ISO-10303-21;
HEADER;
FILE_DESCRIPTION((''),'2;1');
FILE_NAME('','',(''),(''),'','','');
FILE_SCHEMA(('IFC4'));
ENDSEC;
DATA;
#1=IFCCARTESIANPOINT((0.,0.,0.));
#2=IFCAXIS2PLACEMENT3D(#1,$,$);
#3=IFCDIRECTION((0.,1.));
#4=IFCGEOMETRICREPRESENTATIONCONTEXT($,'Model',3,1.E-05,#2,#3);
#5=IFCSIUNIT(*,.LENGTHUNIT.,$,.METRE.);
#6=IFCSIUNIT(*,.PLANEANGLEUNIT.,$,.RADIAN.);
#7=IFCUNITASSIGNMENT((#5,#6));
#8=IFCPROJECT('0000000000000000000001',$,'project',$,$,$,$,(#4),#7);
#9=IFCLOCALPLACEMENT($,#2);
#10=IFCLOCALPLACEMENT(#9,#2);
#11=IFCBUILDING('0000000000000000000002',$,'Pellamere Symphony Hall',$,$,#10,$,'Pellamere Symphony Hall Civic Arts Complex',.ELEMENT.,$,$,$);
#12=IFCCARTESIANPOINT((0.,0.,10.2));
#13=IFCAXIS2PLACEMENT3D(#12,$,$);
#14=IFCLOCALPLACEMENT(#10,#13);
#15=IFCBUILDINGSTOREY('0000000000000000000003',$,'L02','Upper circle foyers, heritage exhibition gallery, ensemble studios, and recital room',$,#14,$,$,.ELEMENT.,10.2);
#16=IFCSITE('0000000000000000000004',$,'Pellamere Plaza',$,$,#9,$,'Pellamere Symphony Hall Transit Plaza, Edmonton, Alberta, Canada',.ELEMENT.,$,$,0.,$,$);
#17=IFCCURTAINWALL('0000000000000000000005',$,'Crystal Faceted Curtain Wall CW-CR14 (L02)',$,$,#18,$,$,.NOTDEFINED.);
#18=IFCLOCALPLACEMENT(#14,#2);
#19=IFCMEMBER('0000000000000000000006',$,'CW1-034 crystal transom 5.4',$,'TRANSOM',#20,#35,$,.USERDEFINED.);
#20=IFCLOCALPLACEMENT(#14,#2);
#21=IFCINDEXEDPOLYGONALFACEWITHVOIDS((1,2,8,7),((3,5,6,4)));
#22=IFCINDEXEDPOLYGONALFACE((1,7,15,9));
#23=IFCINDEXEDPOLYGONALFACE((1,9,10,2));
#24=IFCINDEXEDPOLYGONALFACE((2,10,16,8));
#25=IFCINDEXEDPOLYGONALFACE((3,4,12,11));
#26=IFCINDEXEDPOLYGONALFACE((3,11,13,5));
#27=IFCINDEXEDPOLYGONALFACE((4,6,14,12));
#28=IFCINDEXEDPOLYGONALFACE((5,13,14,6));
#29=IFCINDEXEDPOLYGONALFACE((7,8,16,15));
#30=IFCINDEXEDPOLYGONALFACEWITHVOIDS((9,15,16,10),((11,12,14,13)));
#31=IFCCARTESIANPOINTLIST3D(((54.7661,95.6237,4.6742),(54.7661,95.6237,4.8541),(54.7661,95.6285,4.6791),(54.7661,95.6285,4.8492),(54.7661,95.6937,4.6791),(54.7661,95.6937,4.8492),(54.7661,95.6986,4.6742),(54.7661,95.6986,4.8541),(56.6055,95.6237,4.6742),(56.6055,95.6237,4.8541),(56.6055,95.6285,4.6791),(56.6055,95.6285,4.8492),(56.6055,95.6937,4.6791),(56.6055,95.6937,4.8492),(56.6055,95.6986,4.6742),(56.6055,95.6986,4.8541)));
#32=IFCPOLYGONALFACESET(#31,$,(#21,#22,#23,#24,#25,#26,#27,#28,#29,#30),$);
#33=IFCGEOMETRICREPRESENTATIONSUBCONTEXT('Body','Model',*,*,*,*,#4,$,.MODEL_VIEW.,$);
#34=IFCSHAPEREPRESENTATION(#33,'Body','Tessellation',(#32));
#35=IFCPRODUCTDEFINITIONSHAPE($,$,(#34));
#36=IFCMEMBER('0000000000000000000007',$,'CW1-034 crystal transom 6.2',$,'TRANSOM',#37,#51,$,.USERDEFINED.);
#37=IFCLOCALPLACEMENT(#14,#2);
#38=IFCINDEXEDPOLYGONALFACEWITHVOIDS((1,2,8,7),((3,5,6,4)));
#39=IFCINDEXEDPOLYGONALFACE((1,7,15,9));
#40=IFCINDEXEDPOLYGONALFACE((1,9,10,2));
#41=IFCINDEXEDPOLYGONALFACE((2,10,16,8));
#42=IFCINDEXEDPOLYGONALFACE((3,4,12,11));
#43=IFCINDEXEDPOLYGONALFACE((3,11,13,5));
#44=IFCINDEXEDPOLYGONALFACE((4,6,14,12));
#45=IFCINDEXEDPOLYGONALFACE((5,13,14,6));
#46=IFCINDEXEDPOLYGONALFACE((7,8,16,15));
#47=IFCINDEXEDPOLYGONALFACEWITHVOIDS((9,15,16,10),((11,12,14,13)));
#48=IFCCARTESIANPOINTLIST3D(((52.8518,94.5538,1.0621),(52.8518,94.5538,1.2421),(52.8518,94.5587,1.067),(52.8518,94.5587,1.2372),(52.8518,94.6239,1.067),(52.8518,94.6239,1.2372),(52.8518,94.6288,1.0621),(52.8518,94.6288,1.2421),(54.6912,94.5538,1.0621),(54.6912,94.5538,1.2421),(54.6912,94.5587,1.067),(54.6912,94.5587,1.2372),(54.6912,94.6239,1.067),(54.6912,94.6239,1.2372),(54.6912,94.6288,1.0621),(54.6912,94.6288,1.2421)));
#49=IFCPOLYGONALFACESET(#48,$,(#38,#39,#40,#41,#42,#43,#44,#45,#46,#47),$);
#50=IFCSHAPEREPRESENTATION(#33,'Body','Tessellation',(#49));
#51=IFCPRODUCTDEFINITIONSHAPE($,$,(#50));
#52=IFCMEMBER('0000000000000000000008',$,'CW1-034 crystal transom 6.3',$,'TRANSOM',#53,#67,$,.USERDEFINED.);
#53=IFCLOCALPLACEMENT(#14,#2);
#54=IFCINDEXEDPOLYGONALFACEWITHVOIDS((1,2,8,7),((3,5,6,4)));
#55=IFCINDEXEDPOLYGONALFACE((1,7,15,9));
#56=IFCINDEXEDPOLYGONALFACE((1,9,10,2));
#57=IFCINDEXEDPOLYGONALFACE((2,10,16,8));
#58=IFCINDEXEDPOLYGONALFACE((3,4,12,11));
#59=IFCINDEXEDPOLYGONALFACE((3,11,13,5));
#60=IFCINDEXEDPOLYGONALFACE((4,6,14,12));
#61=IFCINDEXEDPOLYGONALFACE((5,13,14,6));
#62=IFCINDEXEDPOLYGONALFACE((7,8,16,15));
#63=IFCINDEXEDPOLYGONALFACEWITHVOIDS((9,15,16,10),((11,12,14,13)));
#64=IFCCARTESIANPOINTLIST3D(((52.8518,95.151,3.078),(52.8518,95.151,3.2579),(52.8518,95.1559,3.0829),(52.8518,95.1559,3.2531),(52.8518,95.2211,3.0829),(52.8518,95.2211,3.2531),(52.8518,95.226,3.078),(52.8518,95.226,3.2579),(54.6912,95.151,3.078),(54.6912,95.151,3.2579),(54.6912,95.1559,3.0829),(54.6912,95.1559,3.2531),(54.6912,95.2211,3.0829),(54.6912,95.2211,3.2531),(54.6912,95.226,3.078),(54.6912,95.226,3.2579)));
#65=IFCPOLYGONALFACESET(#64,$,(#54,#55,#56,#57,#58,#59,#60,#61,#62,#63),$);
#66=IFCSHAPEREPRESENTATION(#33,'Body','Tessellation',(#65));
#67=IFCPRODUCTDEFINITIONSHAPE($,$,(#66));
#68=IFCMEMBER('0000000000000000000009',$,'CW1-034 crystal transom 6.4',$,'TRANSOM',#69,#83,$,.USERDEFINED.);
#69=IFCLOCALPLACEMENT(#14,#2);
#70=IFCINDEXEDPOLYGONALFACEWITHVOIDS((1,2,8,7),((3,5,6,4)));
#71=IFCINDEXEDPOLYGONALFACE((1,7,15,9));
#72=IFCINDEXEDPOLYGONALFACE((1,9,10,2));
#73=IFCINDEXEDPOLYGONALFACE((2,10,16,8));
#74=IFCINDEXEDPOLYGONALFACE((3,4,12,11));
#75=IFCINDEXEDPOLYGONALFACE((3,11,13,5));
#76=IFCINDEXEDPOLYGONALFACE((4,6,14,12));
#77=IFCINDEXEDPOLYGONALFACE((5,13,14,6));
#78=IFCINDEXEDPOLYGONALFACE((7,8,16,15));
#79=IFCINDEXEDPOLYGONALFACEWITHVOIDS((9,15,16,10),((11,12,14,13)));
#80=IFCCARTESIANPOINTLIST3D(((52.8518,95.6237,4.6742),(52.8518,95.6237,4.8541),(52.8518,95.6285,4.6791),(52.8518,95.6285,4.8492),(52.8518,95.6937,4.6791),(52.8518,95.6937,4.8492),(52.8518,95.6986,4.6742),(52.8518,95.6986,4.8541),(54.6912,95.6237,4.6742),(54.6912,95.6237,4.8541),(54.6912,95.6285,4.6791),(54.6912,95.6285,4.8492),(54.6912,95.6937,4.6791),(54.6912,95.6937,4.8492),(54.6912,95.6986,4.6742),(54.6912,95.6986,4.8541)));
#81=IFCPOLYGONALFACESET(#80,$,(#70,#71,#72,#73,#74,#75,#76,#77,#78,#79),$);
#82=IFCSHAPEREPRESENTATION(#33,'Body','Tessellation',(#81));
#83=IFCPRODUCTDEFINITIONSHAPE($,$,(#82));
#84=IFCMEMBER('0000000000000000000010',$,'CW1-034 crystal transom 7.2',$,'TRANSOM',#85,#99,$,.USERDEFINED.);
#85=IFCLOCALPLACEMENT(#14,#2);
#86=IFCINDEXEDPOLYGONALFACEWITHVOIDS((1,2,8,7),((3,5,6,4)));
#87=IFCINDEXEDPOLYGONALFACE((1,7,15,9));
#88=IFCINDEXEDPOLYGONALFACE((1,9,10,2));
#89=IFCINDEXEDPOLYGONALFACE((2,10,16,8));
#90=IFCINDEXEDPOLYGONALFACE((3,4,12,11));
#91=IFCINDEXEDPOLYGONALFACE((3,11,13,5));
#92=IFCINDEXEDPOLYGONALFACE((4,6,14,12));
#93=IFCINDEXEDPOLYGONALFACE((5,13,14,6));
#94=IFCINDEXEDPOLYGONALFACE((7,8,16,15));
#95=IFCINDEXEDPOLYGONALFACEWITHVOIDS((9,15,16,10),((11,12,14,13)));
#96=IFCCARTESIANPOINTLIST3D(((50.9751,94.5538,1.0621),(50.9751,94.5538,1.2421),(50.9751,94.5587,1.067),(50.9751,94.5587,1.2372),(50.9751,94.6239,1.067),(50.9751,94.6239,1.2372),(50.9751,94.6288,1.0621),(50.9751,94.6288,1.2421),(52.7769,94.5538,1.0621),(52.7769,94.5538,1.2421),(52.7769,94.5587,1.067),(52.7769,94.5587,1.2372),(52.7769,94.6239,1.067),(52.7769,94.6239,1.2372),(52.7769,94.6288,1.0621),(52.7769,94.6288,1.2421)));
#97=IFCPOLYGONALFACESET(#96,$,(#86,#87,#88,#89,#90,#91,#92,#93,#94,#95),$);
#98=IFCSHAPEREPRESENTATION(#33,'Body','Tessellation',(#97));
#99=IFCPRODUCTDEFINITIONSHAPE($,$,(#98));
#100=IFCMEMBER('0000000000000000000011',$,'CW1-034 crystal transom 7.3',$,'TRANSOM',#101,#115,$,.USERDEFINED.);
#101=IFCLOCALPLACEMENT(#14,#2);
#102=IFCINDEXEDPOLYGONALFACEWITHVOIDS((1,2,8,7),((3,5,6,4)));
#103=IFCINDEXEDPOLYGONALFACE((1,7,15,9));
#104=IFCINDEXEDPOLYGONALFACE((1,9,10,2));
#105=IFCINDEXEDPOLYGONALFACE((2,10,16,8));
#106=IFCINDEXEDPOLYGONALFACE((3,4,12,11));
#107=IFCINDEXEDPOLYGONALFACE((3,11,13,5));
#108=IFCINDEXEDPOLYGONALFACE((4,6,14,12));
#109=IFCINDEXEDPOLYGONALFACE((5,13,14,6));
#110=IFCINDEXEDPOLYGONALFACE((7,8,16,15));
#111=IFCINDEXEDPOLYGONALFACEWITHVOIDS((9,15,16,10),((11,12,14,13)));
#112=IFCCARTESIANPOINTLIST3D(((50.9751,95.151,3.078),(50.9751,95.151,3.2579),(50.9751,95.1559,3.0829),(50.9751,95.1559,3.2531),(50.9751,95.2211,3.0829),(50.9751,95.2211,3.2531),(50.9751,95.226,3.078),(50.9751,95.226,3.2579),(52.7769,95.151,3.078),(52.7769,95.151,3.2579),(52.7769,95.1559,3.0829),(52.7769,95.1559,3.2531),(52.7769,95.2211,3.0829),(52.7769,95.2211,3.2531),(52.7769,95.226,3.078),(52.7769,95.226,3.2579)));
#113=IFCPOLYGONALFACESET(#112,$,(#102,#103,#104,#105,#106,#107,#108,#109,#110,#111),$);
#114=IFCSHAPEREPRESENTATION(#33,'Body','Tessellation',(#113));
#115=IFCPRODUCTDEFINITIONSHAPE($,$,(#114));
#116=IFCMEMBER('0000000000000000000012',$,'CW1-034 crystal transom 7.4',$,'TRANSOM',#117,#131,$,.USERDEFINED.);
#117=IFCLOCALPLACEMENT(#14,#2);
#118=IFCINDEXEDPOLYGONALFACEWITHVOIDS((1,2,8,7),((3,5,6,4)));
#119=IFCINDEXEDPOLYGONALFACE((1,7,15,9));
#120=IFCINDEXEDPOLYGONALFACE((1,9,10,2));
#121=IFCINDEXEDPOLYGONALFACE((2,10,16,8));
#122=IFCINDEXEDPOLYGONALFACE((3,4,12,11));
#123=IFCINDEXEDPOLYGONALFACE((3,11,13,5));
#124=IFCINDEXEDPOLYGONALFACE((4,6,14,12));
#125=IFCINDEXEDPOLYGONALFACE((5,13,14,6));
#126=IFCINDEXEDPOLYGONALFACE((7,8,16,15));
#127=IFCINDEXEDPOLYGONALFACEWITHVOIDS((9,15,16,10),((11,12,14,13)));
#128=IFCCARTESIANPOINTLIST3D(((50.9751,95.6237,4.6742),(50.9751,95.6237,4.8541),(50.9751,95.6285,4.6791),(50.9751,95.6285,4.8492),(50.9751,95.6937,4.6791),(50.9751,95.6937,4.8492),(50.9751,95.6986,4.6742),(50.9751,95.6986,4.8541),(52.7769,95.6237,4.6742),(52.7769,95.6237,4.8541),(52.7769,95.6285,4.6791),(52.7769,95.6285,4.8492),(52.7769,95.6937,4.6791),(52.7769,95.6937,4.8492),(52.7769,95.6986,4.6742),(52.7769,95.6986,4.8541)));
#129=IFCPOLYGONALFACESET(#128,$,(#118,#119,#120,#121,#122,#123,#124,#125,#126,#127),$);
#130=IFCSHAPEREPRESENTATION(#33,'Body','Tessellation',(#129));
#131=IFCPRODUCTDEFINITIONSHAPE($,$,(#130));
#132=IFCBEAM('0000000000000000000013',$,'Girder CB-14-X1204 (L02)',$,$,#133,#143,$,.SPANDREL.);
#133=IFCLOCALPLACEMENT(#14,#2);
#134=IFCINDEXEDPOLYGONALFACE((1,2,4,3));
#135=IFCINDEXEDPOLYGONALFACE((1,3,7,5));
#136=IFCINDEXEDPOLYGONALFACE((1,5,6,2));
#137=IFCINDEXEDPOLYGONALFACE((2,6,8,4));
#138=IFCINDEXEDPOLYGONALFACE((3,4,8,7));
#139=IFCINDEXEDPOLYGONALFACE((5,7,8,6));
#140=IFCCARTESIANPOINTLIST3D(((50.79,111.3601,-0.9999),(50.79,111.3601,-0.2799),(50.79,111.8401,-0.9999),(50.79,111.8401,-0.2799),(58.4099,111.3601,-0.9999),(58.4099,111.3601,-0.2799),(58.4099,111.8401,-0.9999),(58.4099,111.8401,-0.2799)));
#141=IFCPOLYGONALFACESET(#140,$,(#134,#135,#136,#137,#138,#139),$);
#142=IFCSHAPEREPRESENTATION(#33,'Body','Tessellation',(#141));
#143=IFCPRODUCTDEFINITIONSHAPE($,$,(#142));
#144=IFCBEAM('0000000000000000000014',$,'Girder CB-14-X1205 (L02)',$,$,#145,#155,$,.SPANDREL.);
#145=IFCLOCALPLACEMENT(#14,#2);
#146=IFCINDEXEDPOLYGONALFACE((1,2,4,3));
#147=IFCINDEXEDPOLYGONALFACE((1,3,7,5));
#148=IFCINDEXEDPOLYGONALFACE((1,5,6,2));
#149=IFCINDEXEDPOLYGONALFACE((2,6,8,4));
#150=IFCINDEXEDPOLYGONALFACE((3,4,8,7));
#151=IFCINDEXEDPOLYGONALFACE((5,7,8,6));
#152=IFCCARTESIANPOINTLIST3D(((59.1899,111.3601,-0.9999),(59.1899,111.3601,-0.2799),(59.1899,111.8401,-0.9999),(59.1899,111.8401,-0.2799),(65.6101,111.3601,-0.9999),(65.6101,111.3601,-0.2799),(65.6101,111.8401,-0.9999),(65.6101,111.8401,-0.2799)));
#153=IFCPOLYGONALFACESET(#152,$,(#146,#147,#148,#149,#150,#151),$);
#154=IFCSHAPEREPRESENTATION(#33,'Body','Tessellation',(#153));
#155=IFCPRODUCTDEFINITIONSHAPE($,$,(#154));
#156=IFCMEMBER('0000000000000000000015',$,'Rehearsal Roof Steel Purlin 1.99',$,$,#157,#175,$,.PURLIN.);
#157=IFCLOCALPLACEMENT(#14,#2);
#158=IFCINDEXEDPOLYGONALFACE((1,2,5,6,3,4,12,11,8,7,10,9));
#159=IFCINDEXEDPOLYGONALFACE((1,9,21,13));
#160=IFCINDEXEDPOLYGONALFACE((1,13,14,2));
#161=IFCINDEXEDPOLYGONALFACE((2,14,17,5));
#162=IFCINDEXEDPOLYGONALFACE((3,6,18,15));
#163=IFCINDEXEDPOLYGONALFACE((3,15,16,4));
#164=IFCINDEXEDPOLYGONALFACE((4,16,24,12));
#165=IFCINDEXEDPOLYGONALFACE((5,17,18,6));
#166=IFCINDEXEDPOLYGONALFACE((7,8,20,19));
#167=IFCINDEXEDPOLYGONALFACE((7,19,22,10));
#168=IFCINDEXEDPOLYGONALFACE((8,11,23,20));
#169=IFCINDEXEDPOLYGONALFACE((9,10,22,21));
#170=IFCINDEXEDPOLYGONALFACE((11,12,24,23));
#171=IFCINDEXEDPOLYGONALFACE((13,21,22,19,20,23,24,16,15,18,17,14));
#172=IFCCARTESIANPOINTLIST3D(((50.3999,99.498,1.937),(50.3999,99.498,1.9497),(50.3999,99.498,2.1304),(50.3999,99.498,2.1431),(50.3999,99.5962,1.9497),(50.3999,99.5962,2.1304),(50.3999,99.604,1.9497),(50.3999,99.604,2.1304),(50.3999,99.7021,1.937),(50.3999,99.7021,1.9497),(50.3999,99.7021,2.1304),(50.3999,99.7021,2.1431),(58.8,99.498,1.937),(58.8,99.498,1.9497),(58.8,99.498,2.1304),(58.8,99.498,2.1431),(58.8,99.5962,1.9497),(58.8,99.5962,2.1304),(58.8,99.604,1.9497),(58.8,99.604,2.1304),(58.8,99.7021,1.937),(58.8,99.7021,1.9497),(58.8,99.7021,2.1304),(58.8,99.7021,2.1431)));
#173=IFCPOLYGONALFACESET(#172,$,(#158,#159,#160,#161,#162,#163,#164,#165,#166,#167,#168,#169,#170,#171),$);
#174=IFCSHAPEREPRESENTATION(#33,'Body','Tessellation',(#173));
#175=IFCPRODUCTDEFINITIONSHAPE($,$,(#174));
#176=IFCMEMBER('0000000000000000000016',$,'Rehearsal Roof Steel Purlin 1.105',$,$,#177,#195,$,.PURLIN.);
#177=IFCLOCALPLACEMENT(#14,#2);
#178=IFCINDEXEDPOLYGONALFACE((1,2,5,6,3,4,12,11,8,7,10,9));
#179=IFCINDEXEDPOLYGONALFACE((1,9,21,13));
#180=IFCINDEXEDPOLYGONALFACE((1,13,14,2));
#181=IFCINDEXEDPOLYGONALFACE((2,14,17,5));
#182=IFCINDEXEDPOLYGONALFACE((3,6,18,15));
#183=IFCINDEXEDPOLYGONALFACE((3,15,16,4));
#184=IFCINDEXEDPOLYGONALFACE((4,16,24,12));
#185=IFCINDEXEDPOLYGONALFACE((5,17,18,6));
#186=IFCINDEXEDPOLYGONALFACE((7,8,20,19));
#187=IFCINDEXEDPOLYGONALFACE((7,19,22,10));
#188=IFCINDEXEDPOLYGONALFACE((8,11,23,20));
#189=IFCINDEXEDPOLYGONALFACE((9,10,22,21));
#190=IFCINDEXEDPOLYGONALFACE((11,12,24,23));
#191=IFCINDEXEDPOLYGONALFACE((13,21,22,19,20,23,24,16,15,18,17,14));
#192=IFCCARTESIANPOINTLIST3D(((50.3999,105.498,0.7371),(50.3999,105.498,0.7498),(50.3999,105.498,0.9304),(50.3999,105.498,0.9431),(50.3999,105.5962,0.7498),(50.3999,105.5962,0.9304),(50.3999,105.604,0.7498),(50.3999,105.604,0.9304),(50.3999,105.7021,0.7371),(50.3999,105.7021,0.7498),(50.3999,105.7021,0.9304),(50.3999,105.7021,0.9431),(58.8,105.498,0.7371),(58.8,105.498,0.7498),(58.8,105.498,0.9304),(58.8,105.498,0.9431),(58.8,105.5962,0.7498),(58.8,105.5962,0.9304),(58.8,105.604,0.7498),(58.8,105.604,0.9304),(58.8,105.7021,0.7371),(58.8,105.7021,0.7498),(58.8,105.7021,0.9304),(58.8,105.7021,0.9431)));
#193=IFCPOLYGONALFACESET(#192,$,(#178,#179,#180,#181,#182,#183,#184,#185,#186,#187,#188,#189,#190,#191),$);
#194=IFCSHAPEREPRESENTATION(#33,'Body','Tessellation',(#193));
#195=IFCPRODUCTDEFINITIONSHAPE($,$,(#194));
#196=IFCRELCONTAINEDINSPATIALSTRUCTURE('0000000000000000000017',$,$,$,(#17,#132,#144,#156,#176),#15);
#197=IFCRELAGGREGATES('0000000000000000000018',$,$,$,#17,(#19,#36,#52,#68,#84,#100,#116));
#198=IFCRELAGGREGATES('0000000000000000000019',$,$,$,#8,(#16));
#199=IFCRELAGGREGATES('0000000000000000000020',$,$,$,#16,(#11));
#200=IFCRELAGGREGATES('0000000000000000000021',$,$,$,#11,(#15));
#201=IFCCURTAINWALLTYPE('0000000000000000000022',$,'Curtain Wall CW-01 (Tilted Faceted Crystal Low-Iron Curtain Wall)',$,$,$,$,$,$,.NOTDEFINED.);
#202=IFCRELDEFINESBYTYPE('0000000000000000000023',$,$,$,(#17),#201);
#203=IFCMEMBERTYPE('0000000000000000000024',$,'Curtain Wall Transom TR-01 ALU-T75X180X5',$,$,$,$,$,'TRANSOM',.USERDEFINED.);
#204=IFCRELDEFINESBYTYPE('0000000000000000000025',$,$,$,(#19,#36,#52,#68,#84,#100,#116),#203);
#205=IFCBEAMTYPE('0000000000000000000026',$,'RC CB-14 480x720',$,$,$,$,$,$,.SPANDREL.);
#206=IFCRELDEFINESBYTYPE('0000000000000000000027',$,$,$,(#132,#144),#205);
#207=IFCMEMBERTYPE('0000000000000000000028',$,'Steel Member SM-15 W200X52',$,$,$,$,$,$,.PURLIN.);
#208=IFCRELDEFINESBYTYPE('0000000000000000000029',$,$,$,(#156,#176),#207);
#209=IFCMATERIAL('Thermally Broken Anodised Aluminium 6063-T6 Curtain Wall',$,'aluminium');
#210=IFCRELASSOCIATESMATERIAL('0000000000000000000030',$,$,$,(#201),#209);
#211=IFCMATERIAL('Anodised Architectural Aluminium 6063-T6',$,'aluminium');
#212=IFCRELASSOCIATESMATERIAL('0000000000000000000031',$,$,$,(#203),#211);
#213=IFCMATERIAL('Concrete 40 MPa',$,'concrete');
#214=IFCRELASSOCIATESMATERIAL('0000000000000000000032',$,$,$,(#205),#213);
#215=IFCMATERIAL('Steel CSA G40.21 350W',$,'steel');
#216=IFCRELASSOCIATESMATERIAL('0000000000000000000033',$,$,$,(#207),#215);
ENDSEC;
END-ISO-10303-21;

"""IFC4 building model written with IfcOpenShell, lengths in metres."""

from ifc_helpers import new_model, si_unit, direction, frame, origin, origin_2d, place, context, subcontext, project, spatial, rectangle, hollow_rectangle, i_section, extrude, material, material_profile, profile_set, type_object, element, aggregate, save


model = new_model("IFC4")

# Units and contexts
model_context = context("Model", 3, precision=1e-05, world=origin(), true_north=direction((0.0, 1.0)))
body_context = subcontext(model_context, "Body", "Model", "MODEL_VIEW")
ifc_project = project(units=[si_unit("LENGTHUNIT", "METRE"), si_unit("PLANEANGLEUNIT", "RADIAN")], contexts=[model_context])

# Site, building, storey
site_placement = place(None, origin())
site = spatial("IfcSite", under=ifc_project, at=site_placement, Name="Pellamere Plaza", LongName="Pellamere Symphony Hall Transit Plaza, Edmonton, Alberta, Canada", CompositionType="ELEMENT", RefElevation=0.0)
building_placement = place(site_placement, origin())
building = spatial("IfcBuilding", under=site, at=building_placement, Name="Pellamere Symphony Hall", LongName="Pellamere Symphony Hall Civic Arts Complex", CompositionType="ELEMENT")
storey_placement = place(building_placement, frame((0.0, 0.0, 10.2)))
storey = spatial("IfcBuildingStorey", under=building, at=storey_placement, Name="L02", Description="Upper circle foyers, heritage exhibition gallery, ensemble studios, and recital room", CompositionType="ELEMENT", Elevation=10.2)

# Curtain wall, members
ifc_material_1 = material(Name="Thermally Broken Anodised Aluminium 6063-T6 Curtain Wall", Category="aluminium")
curtain_wall_type = type_object("IfcCurtainWallType", Name="Curtain Wall CW-01 (Tilted Faceted Crystal Low-Iron Curtain Wall)", PredefinedType="NOTDEFINED", material=ifc_material_1)
curtain_wall_placement = place(storey_placement, origin())
curtain_wall = element("IfcCurtainWall", 1, at=curtain_wall_placement, inside=storey, type_object=curtain_wall_type, Name="Crystal Faceted Curtain Wall CW-CR14 (L02)", PredefinedType="NOTDEFINED")
ifc_material_2 = material(Name="Anodised Architectural Aluminium 6063-T6", Category="aluminium")
ifc_material_profile_1 = material_profile(ifc_material_2, hollow_rectangle(XDim=0.075, YDim=0.1799, WallThickness=0.0049, at=origin_2d()), Name="ALU-T75X180X5")
ifc_profile_set_1 = profile_set([ifc_material_profile_1], Name="Anodised Architectural Aluminium 6063-T6")
member_type_1 = type_object("IfcMemberType", Name="Curtain Wall Transom TR-01 ALU-T75X180X5", ElementType="TRANSOM", PredefinedType="USERDEFINED", material=ifc_profile_set_1)
member_1_placement = place(storey_placement, frame((56.6055, 95.6611, 4.7642), z_axis=(-1.0, 0.0, 0.0), x_axis=(0.0, -1.0, 0.0)))
member_1 = element("IfcMember", 2, at=member_1_placement, type_object=member_type_1, Name="CW1-034 crystal transom 5.4", ObjectType="TRANSOM", PredefinedType="USERDEFINED", context=body_context, shape_type="SweptSolid", body=[
    extrude(hollow_rectangle(XDim=0.075, YDim=0.1799, WallThickness=0.0049, at=origin_2d()), origin(), (0.0, 0.0, 1.0), 1.8394),
])
member_2_placement = place(storey_placement, frame((54.6912, 94.5913, 1.1521), z_axis=(-1.0, 0.0, 0.0), x_axis=(0.0, -1.0, 0.0)))
member_2 = element("IfcMember", 3, at=member_2_placement, type_object=member_type_1, Name="CW1-034 crystal transom 6.2", ObjectType="TRANSOM", PredefinedType="USERDEFINED", context=body_context, shape_type="SweptSolid", body=[
    extrude(hollow_rectangle(XDim=0.075, YDim=0.1799, WallThickness=0.0049, at=origin_2d()), origin(), (0.0, 0.0, 1.0), 1.8394),
])
member_3_placement = place(storey_placement, frame((54.6912, 95.1885, 3.168), z_axis=(-1.0, 0.0, 0.0), x_axis=(0.0, -1.0, 0.0)))
member_3 = element("IfcMember", 4, at=member_3_placement, type_object=member_type_1, Name="CW1-034 crystal transom 6.3", ObjectType="TRANSOM", PredefinedType="USERDEFINED", context=body_context, shape_type="SweptSolid", body=[
    extrude(hollow_rectangle(XDim=0.075, YDim=0.1799, WallThickness=0.0049, at=origin_2d()), origin(), (0.0, 0.0, 1.0), 1.8394),
])
member_4_placement = place(storey_placement, frame((54.6912, 95.6611, 4.7642), z_axis=(-1.0, 0.0, 0.0), x_axis=(0.0, -1.0, 0.0)))
member_4 = element("IfcMember", 5, at=member_4_placement, type_object=member_type_1, Name="CW1-034 crystal transom 6.4", ObjectType="TRANSOM", PredefinedType="USERDEFINED", context=body_context, shape_type="SweptSolid", body=[
    extrude(hollow_rectangle(XDim=0.075, YDim=0.1799, WallThickness=0.0049, at=origin_2d()), origin(), (0.0, 0.0, 1.0), 1.8394),
])
member_5_placement = place(storey_placement, frame((52.7769, 94.5913, 1.1521), z_axis=(-1.0, 0.0, 0.0), x_axis=(0.0, -1.0, 0.0)))
member_5 = element("IfcMember", 6, at=member_5_placement, type_object=member_type_1, Name="CW1-034 crystal transom 7.2", ObjectType="TRANSOM", PredefinedType="USERDEFINED", context=body_context, shape_type="SweptSolid", body=[
    extrude(hollow_rectangle(XDim=0.075, YDim=0.1799, WallThickness=0.0049, at=origin_2d()), origin(), (0.0, 0.0, 1.0), 1.8018),
])
member_6_placement = place(storey_placement, frame((52.7769, 95.1885, 3.168), z_axis=(-1.0, 0.0, 0.0), x_axis=(0.0, -1.0, 0.0)))
member_6 = element("IfcMember", 7, at=member_6_placement, type_object=member_type_1, Name="CW1-034 crystal transom 7.3", ObjectType="TRANSOM", PredefinedType="USERDEFINED", context=body_context, shape_type="SweptSolid", body=[
    extrude(hollow_rectangle(XDim=0.075, YDim=0.1799, WallThickness=0.0049, at=origin_2d()), origin(), (0.0, 0.0, 1.0), 1.8018),
])
member_7_placement = place(storey_placement, frame((52.7769, 95.6611, 4.7642), z_axis=(-1.0, 0.0, 0.0), x_axis=(0.0, -1.0, 0.0)))
member_7 = element("IfcMember", 8, at=member_7_placement, type_object=member_type_1, Name="CW1-034 crystal transom 7.4", ObjectType="TRANSOM", PredefinedType="USERDEFINED", context=body_context, shape_type="SweptSolid", body=[
    extrude(hollow_rectangle(XDim=0.075, YDim=0.1799, WallThickness=0.0049, at=origin_2d()), origin(), (0.0, 0.0, 1.0), 1.8018),
])

# Beams
ifc_material_3 = material(Name="Concrete 40 MPa", Category="concrete")
ifc_material_profile_2 = material_profile(ifc_material_3, rectangle(XDim=0.48, YDim=0.72, at=origin_2d()), Name="RC 480x720")
ifc_profile_set_2 = profile_set([ifc_material_profile_2], Name="Concrete 40 MPa")
beam_type = type_object("IfcBeamType", Name="RC CB-14 480x720", PredefinedType="SPANDREL", material=ifc_profile_set_2)
beam_1_placement = place(storey_placement, frame((50.79, 111.6001, -0.6399), z_axis=(1.0, 0.0, 0.0), x_axis=(0.0, 1.0, 0.0)))
element("IfcBeam", 9, at=beam_1_placement, inside=storey, type_object=beam_type, Name="Girder CB-14-X1204 (L02)", PredefinedType="SPANDREL", context=body_context, shape_type="SweptSolid", body=[
    extrude(rectangle(XDim=0.48, YDim=0.72, at=origin_2d()), origin(), (0.0, 0.0, 1.0), 7.6199),
])
beam_2_placement = place(storey_placement, frame((59.1899, 111.6001, -0.6399), z_axis=(1.0, 0.0, 0.0), x_axis=(0.0, 1.0, 0.0)))
element("IfcBeam", 10, at=beam_2_placement, inside=storey, type_object=beam_type, Name="Girder CB-14-X1205 (L02)", PredefinedType="SPANDREL", context=body_context, shape_type="SweptSolid", body=[
    extrude(rectangle(XDim=0.48, YDim=0.72, at=origin_2d()), origin(), (0.0, 0.0, 1.0), 6.4202),
])

# Members
ifc_material_4 = material(Name="Steel CSA G40.21 350W", Category="steel")
ifc_material_profile_3 = material_profile(ifc_material_4, i_section(OverallWidth=0.2041, OverallDepth=0.2061, WebThickness=0.0078, FlangeThickness=0.0127, at=origin_2d()), Name="W200X52")
ifc_profile_set_3 = profile_set([ifc_material_profile_3], Name="Steel CSA G40.21 350W")
member_type_2 = type_object("IfcMemberType", Name="Steel Member SM-15 W200X52", PredefinedType="PURLIN", material=ifc_profile_set_3)
for number, where, z_axis, x_axis, name in (
    (11, (50.3999, 99.6001, 2.04), (1.0, 0.0, 0.0), (0.0, 1.0, 0.0), "Rehearsal Roof Steel Purlin 1.99"),
    (12, (50.3999, 105.6001, 0.8401), (1.0, 0.0, 0.0), (0.0, 1.0, 0.0), "Rehearsal Roof Steel Purlin 1.105"),
):
    element("IfcMember", number, at=place(storey_placement, frame(where, z_axis=z_axis, x_axis=x_axis)), inside=storey, type_object=member_type_2, Name=name, PredefinedType="PURLIN", context=body_context, shape_type="SweptSolid", body=[
        extrude(i_section(OverallWidth=0.2041, OverallDepth=0.2061, WebThickness=0.0078, FlangeThickness=0.0127, at=origin_2d()), origin(), (0.0, 0.0, 1.0), 8.4001),
    ])

aggregate(curtain_wall, [member_1, member_2, member_3, member_4, member_5, member_6, member_7])

save(model, "model.ifc")
